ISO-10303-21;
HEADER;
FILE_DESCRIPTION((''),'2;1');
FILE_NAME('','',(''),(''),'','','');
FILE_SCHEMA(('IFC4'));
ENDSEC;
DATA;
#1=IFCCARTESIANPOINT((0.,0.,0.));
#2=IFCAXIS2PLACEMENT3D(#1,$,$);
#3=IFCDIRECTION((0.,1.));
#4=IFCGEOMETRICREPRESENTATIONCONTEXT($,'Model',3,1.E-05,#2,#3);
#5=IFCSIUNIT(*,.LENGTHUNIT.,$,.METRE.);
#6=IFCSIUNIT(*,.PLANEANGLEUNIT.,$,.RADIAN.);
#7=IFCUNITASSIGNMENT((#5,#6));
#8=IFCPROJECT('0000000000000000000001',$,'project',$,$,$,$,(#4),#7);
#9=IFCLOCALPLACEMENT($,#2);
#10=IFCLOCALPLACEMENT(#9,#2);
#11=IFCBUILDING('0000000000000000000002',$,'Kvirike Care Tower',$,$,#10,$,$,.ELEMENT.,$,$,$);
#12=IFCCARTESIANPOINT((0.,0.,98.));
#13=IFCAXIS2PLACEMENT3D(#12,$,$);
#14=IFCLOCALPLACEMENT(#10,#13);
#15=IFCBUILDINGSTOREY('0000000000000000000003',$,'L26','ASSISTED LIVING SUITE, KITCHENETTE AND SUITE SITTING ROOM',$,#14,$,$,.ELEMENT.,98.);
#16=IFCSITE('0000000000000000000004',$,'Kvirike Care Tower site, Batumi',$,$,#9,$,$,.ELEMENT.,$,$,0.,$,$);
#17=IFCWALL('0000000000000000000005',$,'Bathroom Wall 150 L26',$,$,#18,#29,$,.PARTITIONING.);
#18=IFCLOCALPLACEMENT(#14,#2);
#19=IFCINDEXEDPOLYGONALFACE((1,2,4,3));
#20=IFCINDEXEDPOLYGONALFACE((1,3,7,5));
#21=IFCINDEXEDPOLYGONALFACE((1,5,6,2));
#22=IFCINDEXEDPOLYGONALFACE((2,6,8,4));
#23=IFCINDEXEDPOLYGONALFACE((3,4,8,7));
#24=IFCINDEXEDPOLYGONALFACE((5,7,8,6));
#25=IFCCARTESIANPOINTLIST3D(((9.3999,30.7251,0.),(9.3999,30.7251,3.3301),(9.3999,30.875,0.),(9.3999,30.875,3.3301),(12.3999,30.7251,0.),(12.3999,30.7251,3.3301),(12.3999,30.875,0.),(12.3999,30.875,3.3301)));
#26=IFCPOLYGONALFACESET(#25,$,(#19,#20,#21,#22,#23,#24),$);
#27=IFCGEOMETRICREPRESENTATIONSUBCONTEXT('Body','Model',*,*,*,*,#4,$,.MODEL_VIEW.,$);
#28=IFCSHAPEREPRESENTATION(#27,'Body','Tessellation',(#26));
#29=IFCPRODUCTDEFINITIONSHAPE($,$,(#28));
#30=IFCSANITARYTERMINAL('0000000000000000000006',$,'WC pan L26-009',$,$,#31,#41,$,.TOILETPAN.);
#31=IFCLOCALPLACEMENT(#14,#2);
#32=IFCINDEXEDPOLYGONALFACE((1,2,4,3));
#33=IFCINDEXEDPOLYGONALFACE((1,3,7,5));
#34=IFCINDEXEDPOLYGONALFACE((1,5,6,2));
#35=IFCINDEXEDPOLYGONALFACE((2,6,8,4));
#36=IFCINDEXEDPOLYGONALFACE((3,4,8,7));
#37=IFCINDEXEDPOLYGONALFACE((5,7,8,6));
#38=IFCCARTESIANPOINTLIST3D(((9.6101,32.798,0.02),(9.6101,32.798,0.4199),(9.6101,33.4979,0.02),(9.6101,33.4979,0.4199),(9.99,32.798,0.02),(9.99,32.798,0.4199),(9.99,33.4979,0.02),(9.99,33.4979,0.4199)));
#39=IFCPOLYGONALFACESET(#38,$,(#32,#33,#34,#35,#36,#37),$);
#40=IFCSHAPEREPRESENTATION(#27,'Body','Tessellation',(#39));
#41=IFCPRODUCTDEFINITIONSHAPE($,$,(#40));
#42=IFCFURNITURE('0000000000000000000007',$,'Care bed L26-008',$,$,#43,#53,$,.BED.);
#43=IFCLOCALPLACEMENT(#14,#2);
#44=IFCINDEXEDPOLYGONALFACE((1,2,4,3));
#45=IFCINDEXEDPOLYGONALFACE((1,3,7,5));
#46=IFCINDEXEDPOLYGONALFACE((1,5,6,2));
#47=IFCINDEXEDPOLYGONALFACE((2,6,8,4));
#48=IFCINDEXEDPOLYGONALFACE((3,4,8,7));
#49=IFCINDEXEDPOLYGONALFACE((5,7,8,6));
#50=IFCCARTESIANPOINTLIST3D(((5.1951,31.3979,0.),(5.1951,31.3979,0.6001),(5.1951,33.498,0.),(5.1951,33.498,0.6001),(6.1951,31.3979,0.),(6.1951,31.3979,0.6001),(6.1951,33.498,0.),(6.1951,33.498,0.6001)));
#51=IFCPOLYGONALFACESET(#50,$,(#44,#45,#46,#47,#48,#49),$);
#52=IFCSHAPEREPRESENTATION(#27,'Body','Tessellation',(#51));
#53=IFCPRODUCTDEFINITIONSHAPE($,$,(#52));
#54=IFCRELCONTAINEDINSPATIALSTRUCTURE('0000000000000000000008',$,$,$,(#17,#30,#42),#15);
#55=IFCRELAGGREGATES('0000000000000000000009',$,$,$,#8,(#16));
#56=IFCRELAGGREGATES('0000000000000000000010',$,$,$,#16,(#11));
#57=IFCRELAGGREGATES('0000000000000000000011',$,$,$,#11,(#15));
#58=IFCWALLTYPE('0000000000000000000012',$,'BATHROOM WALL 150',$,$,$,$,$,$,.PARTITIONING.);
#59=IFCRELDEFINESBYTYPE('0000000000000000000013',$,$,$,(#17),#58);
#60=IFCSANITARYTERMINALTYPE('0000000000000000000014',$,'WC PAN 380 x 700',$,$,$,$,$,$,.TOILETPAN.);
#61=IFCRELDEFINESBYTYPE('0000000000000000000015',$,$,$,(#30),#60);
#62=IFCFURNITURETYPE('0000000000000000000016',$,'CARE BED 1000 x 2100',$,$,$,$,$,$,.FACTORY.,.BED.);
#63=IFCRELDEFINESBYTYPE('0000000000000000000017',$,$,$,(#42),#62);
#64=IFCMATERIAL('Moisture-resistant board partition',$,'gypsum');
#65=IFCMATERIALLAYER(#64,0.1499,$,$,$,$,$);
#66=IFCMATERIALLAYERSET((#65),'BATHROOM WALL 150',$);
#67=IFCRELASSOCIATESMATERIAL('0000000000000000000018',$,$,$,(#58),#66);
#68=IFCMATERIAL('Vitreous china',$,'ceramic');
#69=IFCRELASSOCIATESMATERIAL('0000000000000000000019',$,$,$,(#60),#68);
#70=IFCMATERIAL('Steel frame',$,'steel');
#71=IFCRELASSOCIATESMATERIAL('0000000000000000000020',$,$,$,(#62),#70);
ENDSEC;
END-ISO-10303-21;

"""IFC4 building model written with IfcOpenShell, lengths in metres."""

from ifc_helpers import new_model, si_unit, direction, frame, frame_2d, origin, origin_2d, place, context, subcontext, project, spatial, rectangle, extrude, material, layer, layer_set, type_object, element, save


model = new_model("IFC4")

# Units and contexts
model_context = context("Model", 3, precision=1e-05, world=origin(), true_north=direction((0.0, 1.0)))
body_context = subcontext(model_context, "Body", "Model", "MODEL_VIEW")
ifc_project = project(units=[si_unit("LENGTHUNIT", "METRE"), si_unit("PLANEANGLEUNIT", "RADIAN")], contexts=[model_context])

# Site, building, storey
site_placement = place(None, origin())
site = spatial("IfcSite", under=ifc_project, at=site_placement, Name="Kvirike Care Tower site, Batumi", CompositionType="ELEMENT", RefElevation=0.0)
building_placement = place(site_placement, origin())
building = spatial("IfcBuilding", under=site, at=building_placement, Name="Kvirike Care Tower", CompositionType="ELEMENT")
storey_placement = place(building_placement, frame((0.0, 0.0, 98.0)))
storey = spatial("IfcBuildingStorey", under=building, at=storey_placement, Name="L26", Description="ASSISTED LIVING SUITE, KITCHENETTE AND SUITE SITTING ROOM", CompositionType="ELEMENT", Elevation=98.0)

# Wall
ifc_material_1 = material(Name="Moisture-resistant board partition", Category="gypsum")
ifc_layer_1 = layer(ifc_material_1, 0.1499)
ifc_layer_set_1 = layer_set([ifc_layer_1], Name="BATHROOM WALL 150")
wall_type = type_object("IfcWallType", Name="BATHROOM WALL 150", PredefinedType="PARTITIONING", material=ifc_layer_set_1)
wall_placement = place(storey_placement, frame((9.3999, 30.8, 0.0), z_axis=(0.0, 0.0, 1.0), x_axis=(1.0, 0.0, 0.0)))
element("IfcWall", 1, at=wall_placement, inside=storey, type_object=wall_type, Name="Bathroom Wall 150 L26", PredefinedType="PARTITIONING", context=body_context, shape_type="SweptSolid", body=[
    extrude(rectangle(XDim=3.0, YDim=0.1499, at=frame_2d((1.5, 0.0))), origin(), (0.0, 0.0, 1.0), 3.3301),
])

# Sanitary terminal
ifc_material_2 = material(Name="Vitreous china", Category="ceramic")
sanitary_terminal_type = type_object("IfcSanitaryTerminalType", Name="WC PAN 380 x 700", PredefinedType="TOILETPAN", material=ifc_material_2)
sanitary_terminal_placement = place(storey_placement, frame((9.8, 33.1479, 0.02), z_axis=(0.0, 0.0, 1.0), x_axis=(1.0, 0.0, 0.0)))
element("IfcSanitaryTerminal", 2, at=sanitary_terminal_placement, inside=storey, type_object=sanitary_terminal_type, Name="WC pan L26-009", PredefinedType="TOILETPAN", context=body_context, shape_type="SweptSolid", body=[
    extrude(rectangle(XDim=0.3799, YDim=0.7, at=origin_2d()), origin(), (0.0, 0.0, 1.0), 0.3999),
])

# Furniture
ifc_material_3 = material(Name="Steel frame", Category="steel")
furniture_type = type_object("IfcFurnitureType", Name="CARE BED 1000 x 2100", AssemblyPlace="FACTORY", PredefinedType="BED", material=ifc_material_3)
furniture_placement = place(storey_placement, frame((5.6951, 32.448, 0.0), z_axis=(0.0, 0.0, 1.0), x_axis=(1.0, 0.0, 0.0)))
element("IfcFurniture", 3, at=furniture_placement, inside=storey, type_object=furniture_type, Name="Care bed L26-008", PredefinedType="BED", context=body_context, shape_type="SweptSolid", body=[
    extrude(rectangle(XDim=1.0, YDim=2.1001, at=origin_2d()), origin(), (0.0, 0.0, 1.0), 0.6001),
])

save(model, "model.ifc")
